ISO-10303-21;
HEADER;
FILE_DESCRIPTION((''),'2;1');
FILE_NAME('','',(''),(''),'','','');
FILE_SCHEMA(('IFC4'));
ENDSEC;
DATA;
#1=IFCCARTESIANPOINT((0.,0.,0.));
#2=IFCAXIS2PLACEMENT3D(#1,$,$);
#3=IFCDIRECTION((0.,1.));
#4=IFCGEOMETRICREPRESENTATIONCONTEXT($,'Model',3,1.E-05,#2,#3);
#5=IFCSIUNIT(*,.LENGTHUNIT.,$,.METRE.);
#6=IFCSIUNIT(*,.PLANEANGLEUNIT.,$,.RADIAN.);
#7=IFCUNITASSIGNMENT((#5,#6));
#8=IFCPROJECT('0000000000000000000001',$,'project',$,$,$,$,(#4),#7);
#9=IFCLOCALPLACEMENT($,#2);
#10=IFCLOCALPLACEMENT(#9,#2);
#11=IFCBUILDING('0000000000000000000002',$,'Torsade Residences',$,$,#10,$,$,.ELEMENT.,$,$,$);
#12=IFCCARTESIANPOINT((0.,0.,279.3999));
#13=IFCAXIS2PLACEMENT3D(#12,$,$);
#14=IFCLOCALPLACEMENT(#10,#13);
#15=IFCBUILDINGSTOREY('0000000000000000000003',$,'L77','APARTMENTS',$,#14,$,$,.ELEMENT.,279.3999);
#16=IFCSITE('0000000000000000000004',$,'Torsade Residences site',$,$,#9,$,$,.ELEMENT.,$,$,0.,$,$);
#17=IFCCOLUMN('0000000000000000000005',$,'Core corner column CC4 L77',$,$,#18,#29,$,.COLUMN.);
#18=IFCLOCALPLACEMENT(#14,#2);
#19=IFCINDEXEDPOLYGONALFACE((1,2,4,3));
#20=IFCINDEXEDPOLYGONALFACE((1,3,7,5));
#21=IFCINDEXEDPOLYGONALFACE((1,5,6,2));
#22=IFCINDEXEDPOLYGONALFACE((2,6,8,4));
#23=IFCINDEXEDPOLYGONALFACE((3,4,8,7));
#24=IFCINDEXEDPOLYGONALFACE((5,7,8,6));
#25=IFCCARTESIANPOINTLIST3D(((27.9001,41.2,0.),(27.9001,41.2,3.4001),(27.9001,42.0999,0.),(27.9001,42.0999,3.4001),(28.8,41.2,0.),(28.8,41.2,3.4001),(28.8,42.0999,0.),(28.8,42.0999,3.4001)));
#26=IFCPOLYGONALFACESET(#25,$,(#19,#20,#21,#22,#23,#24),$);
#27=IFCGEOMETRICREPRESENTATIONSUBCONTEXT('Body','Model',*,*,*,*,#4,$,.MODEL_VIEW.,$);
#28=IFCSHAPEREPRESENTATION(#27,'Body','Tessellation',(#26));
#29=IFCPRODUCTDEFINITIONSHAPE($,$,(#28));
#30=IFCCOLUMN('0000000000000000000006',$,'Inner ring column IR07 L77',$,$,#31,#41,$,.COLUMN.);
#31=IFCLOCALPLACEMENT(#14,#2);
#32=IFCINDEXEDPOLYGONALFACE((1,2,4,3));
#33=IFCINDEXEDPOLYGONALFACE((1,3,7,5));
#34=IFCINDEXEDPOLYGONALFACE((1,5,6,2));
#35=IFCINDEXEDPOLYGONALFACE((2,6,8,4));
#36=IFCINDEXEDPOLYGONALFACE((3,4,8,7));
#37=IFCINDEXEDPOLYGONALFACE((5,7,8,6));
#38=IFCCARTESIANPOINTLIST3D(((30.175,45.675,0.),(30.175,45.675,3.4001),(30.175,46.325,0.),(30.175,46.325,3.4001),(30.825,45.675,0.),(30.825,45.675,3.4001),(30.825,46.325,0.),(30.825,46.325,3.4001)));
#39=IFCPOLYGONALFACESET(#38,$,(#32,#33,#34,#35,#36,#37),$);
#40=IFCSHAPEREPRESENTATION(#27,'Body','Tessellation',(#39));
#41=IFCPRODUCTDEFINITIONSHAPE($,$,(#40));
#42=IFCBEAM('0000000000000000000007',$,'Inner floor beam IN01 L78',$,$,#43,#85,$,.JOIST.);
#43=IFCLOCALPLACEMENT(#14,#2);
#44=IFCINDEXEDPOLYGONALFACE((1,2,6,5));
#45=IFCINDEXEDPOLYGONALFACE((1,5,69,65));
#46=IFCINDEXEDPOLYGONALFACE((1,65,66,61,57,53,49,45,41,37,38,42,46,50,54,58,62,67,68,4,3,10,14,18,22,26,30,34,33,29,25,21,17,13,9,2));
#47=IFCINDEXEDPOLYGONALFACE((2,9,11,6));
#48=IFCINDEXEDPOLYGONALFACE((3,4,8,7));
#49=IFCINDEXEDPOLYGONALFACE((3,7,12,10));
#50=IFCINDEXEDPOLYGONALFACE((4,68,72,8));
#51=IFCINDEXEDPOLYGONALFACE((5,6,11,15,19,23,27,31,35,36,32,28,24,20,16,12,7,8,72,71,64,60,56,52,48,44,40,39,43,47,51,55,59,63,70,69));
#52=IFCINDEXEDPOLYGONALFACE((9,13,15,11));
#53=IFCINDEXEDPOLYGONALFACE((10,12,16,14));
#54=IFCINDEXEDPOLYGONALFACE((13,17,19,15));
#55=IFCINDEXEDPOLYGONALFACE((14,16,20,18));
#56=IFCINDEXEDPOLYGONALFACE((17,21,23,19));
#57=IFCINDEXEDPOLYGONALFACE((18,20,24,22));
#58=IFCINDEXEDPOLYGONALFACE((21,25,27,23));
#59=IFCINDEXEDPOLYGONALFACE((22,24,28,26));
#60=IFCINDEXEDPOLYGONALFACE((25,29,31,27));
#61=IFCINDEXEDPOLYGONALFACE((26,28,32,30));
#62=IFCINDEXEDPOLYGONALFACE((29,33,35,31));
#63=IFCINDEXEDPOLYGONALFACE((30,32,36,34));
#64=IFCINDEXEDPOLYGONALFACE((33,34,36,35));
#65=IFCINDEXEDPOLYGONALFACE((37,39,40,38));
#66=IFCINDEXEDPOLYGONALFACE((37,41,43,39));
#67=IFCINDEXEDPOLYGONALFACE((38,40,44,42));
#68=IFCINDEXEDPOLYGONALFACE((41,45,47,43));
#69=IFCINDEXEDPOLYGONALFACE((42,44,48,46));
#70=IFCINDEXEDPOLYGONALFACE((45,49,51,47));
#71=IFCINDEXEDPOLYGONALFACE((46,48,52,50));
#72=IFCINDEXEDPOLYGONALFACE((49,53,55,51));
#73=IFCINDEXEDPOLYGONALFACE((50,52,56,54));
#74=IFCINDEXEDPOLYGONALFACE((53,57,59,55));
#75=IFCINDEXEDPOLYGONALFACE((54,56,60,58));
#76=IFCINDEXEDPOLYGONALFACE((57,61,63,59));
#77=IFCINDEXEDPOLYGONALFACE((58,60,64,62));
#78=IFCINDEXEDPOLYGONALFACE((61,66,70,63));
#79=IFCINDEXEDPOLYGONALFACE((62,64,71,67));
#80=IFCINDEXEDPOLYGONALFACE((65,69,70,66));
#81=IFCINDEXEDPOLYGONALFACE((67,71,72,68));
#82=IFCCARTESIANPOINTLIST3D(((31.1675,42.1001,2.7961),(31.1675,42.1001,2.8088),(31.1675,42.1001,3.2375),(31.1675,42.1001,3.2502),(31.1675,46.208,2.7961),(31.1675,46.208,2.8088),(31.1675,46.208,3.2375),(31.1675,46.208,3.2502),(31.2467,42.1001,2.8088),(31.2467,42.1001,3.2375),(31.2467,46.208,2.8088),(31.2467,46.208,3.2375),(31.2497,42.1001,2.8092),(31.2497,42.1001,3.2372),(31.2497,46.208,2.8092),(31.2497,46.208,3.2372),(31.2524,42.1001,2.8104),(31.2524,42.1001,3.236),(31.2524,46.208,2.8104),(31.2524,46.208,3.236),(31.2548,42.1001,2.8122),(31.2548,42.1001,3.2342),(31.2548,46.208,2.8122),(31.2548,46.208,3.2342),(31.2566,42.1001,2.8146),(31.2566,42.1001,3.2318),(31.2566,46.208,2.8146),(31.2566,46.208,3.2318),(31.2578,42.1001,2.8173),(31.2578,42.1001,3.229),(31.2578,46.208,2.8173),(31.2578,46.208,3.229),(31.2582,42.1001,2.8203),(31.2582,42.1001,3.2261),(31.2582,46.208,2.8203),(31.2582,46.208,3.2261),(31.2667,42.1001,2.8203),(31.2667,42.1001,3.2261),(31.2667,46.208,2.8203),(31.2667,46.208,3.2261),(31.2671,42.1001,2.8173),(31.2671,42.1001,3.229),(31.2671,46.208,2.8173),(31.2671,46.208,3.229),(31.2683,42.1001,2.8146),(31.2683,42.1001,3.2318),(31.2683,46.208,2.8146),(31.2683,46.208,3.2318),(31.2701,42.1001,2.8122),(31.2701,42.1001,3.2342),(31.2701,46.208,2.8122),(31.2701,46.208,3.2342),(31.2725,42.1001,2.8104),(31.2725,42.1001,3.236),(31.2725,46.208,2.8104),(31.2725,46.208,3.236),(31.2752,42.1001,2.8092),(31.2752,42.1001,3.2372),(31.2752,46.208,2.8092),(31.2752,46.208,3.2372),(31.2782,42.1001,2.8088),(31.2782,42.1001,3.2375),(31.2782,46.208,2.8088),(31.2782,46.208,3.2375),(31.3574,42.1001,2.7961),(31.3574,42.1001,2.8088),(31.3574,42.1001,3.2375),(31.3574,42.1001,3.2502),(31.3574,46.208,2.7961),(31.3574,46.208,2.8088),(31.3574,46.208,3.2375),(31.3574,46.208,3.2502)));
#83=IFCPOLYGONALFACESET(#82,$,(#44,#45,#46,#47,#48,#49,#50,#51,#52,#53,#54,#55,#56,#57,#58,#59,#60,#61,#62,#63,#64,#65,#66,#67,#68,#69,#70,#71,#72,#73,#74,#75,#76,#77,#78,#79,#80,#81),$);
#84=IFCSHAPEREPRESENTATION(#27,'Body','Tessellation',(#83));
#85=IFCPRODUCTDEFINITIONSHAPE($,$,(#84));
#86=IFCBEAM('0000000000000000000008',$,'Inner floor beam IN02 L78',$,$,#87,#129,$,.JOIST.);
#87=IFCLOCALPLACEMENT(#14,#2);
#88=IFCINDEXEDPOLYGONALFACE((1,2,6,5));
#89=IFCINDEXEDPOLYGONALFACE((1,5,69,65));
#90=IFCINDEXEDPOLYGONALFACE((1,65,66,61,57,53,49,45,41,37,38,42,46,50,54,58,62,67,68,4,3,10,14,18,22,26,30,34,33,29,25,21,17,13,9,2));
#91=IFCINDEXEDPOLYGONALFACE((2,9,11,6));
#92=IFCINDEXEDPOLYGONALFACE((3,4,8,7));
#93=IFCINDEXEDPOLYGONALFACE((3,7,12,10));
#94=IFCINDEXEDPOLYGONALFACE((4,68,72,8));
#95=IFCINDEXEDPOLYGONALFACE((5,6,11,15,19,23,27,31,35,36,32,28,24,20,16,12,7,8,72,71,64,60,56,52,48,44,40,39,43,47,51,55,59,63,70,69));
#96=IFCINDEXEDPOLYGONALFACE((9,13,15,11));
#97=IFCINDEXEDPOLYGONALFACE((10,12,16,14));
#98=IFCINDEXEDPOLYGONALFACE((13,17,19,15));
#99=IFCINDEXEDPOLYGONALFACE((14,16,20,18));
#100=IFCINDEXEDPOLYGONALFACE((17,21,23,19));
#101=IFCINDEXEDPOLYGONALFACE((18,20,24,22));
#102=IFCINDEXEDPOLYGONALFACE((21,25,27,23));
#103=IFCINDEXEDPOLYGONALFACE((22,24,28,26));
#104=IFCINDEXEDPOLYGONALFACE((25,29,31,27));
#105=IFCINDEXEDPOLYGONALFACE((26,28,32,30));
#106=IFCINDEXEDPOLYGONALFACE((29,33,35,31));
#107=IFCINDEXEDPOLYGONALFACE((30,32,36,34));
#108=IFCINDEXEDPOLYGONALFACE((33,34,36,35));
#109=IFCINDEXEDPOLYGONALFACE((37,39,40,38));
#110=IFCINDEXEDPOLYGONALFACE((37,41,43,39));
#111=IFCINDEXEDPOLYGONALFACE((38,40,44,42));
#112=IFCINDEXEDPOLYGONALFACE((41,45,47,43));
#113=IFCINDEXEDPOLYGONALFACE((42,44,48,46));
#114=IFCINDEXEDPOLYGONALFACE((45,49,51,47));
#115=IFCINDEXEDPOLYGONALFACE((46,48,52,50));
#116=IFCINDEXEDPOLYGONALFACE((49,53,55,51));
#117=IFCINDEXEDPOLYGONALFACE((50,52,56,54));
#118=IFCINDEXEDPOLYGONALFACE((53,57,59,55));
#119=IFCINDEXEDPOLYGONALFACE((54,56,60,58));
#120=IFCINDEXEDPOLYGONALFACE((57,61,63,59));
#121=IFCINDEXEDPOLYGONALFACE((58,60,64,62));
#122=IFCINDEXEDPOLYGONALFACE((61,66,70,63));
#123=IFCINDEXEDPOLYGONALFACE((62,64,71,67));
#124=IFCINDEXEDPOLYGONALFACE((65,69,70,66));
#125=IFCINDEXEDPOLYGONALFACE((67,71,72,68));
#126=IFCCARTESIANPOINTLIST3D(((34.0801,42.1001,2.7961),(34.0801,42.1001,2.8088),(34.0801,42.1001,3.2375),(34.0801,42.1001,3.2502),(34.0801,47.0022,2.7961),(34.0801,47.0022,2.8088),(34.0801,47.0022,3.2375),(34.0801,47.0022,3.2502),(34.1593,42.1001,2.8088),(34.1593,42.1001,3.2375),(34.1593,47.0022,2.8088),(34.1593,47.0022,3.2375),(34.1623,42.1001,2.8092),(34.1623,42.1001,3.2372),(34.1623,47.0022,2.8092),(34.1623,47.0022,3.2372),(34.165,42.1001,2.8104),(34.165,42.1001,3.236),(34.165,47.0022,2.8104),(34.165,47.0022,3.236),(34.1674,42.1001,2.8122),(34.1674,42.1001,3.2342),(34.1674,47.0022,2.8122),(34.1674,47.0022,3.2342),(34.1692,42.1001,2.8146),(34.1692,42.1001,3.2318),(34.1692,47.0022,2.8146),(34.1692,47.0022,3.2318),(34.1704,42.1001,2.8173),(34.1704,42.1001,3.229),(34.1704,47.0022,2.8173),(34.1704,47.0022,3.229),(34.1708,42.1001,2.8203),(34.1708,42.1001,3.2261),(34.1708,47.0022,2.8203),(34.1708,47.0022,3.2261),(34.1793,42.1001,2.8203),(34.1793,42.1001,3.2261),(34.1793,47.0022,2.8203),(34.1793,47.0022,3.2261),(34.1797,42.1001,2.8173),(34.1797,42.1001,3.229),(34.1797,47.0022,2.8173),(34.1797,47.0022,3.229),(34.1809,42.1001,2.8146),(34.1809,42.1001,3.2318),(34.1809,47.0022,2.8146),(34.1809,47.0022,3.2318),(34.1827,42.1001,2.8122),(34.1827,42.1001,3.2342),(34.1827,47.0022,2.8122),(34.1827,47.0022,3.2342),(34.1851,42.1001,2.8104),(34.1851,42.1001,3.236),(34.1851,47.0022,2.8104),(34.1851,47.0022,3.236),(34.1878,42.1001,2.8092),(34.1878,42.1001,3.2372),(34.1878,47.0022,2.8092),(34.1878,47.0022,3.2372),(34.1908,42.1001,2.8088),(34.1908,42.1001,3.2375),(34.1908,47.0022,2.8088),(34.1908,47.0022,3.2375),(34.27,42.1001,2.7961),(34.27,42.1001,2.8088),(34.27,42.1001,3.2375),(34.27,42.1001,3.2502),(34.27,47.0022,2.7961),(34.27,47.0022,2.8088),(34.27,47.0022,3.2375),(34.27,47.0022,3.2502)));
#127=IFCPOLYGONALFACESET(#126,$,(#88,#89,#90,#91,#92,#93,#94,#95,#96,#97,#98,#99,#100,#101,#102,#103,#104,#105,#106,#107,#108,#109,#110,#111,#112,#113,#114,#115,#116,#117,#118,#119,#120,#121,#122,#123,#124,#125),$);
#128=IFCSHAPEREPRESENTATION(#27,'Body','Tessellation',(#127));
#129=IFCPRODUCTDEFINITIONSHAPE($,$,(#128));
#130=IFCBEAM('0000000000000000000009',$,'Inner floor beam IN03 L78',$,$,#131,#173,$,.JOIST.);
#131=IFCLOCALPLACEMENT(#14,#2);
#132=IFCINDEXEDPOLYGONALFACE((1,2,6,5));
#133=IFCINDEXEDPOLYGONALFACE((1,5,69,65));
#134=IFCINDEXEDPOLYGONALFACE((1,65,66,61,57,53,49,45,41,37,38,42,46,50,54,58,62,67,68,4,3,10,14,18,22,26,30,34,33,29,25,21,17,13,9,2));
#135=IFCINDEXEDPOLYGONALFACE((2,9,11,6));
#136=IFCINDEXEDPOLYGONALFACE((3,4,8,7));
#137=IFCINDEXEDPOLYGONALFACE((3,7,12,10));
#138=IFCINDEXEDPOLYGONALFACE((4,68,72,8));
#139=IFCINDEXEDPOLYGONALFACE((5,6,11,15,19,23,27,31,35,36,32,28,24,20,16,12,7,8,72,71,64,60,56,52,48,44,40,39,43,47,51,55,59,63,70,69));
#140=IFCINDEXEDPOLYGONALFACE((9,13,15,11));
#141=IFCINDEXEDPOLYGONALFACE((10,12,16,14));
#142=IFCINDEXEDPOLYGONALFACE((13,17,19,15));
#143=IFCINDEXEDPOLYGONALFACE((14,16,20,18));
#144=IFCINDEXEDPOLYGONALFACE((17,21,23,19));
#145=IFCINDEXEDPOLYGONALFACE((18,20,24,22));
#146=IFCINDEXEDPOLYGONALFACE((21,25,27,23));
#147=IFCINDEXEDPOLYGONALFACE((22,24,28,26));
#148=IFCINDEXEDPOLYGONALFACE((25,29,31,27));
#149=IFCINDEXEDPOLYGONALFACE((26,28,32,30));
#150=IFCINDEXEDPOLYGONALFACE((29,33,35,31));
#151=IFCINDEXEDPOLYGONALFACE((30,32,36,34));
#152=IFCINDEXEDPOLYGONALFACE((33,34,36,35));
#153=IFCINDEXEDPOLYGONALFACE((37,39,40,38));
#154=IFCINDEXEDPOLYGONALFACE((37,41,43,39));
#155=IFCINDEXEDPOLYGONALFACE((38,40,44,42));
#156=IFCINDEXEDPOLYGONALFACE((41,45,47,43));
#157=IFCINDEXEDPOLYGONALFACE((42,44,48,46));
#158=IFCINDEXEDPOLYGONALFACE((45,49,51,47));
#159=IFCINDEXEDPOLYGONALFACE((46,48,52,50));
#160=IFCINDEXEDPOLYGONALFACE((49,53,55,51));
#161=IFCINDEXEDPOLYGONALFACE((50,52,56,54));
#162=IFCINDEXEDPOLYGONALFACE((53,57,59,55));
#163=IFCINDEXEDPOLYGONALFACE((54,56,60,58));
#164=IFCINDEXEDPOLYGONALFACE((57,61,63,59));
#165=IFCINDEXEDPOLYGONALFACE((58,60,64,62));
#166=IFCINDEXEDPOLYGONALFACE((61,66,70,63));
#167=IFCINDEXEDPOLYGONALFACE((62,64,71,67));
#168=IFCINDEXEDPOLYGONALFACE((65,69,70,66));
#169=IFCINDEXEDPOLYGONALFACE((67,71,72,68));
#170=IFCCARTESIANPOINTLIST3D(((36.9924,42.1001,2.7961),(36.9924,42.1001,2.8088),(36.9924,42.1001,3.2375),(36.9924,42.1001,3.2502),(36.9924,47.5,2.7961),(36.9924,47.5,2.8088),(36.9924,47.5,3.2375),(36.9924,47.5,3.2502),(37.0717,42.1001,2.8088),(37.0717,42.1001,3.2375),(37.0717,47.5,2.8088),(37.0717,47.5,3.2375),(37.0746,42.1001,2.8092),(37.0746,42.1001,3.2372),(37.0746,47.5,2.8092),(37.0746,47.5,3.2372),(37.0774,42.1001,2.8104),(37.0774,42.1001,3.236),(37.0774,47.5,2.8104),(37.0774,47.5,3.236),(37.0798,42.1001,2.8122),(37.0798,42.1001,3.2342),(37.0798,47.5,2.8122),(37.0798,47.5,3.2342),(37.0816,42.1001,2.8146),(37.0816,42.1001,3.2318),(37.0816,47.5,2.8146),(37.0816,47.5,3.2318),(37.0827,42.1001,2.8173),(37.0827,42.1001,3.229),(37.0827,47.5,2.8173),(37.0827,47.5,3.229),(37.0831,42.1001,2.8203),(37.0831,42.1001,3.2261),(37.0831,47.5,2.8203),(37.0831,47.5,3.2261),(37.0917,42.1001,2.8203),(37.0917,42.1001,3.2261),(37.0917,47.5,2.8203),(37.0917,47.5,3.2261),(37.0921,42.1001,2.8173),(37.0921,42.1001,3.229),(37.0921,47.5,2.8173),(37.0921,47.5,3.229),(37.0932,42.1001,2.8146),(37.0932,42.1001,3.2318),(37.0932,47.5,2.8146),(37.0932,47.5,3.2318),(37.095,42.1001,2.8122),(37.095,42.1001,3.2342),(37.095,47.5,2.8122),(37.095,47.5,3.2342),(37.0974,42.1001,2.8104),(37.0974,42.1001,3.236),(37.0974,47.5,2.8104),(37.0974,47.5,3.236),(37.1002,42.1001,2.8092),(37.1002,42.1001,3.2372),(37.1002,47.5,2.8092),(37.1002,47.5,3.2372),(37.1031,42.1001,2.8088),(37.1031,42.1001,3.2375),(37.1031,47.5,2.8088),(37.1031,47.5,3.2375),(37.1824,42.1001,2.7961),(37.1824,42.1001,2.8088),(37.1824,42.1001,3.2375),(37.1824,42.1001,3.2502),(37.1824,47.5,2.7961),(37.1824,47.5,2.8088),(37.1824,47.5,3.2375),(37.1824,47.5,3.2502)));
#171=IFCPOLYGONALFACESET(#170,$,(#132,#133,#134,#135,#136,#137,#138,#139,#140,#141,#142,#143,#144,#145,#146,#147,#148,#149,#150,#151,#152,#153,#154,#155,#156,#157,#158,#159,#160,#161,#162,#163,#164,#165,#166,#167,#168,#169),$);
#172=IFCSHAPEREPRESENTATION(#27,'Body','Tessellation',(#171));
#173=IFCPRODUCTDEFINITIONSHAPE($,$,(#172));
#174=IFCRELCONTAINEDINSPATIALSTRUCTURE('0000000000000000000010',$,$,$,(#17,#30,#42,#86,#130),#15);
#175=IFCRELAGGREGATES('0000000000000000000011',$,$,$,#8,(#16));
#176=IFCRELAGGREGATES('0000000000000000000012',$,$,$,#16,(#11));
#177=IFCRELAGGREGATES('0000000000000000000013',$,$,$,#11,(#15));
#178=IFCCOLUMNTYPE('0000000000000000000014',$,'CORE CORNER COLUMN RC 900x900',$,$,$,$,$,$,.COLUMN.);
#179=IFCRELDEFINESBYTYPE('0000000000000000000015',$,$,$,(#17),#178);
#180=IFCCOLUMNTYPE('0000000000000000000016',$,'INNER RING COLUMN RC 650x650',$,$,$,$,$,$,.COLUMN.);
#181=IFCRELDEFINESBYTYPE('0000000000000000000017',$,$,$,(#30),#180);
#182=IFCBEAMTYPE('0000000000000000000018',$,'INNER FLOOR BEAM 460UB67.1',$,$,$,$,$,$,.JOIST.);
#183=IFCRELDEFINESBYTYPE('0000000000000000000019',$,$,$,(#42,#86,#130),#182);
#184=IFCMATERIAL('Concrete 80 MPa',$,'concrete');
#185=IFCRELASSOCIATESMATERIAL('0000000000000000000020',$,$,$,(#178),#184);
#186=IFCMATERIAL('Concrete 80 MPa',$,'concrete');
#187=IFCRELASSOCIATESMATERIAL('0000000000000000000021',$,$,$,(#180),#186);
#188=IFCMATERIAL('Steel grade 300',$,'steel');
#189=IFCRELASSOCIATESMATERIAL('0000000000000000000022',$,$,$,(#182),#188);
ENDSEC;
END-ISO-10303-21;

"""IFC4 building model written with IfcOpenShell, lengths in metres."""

from ifc_helpers import new_model, si_unit, direction, frame, origin, origin_2d, place, context, subcontext, project, spatial, rectangle, i_section, extrude, material, material_profile, profile_set, type_object, element, save


model = new_model("IFC4")

# Units and contexts
model_context = context("Model", 3, precision=1e-05, world=origin(), true_north=direction((0.0, 1.0)))
body_context = subcontext(model_context, "Body", "Model", "MODEL_VIEW")
ifc_project = project(units=[si_unit("LENGTHUNIT", "METRE"), si_unit("PLANEANGLEUNIT", "RADIAN")], contexts=[model_context])

# Site, building, storey
site_placement = place(None, origin())
site = spatial("IfcSite", under=ifc_project, at=site_placement, Name="Torsade Residences site", CompositionType="ELEMENT", RefElevation=0.0)
building_placement = place(site_placement, origin())
building = spatial("IfcBuilding", under=site, at=building_placement, Name="Torsade Residences", CompositionType="ELEMENT")
storey_placement = place(building_placement, frame((0.0, 0.0, 279.3999)))
storey = spatial("IfcBuildingStorey", under=building, at=storey_placement, Name="L77", Description="APARTMENTS", CompositionType="ELEMENT", Elevation=279.3999)

# Columns
ifc_material_1 = material(Name="Concrete 80 MPa", Category="concrete")
ifc_material_profile_1 = material_profile(ifc_material_1, rectangle(XDim=0.8999, YDim=0.8999, at=origin_2d()), Name="RC 900x900")
ifc_profile_set_1 = profile_set([ifc_material_profile_1], Name="Concrete 80 MPa")
column_type_1 = type_object("IfcColumnType", Name="CORE CORNER COLUMN RC 900x900", PredefinedType="COLUMN", material=ifc_profile_set_1)
column_1_placement = place(storey_placement, frame((28.3501, 41.6499, 0.0), z_axis=(0.0, 0.0, 1.0), x_axis=(1.0, 0.0, 0.0)))
element("IfcColumn", 1, at=column_1_placement, inside=storey, type_object=column_type_1, Name="Core corner column CC4 L77", PredefinedType="COLUMN", context=body_context, shape_type="SweptSolid", body=[
    extrude(rectangle(XDim=0.8999, YDim=0.8999, at=origin_2d()), origin(), (0.0, 0.0, 1.0), 3.4001),
])
ifc_material_2 = material(Name="Concrete 80 MPa", Category="concrete")
ifc_material_profile_2 = material_profile(ifc_material_2, rectangle(XDim=0.6499, YDim=0.6499, at=origin_2d()), Name="RC 650x650")
ifc_profile_set_2 = profile_set([ifc_material_profile_2], Name="Concrete 80 MPa")
column_type_2 = type_object("IfcColumnType", Name="INNER RING COLUMN RC 650x650", PredefinedType="COLUMN", material=ifc_profile_set_2)
column_2_placement = place(storey_placement, frame((30.5, 46.0, 0.0), z_axis=(0.0, 0.0, 1.0), x_axis=(1.0, 0.0, 0.0)))
element("IfcColumn", 2, at=column_2_placement, inside=storey, type_object=column_type_2, Name="Inner ring column IR07 L77", PredefinedType="COLUMN", context=body_context, shape_type="SweptSolid", body=[
    extrude(rectangle(XDim=0.6499, YDim=0.6499, at=origin_2d()), origin(), (0.0, 0.0, 1.0), 3.4001),
])

# Beams
ifc_material_3 = material(Name="Steel grade 300", Category="steel")
ifc_material_profile_3 = material_profile(ifc_material_3, i_section(OverallWidth=0.1899, OverallDepth=0.4541, WebThickness=0.0085, FlangeThickness=0.0127, FilletRadius=0.0115, at=origin_2d()), Name="460UB67.1")
ifc_profile_set_3 = profile_set([ifc_material_profile_3], Name="Steel grade 300")
beam_type_1 = type_object("IfcBeamType", Name="INNER FLOOR BEAM 460UB67.1", PredefinedType="JOIST", material=ifc_profile_set_3)
beam_1_placement = place(storey_placement, frame((31.2625, 42.1001, 3.0232), z_axis=(0.0, 1.0, 0.0), x_axis=(-1.0, 0.0, 0.0)))
element("IfcBeam", 3, at=beam_1_placement, inside=storey, type_object=beam_type_1, Name="Inner floor beam IN01 L78", PredefinedType="JOIST", context=body_context, shape_type="SweptSolid", body=[
    extrude(i_section(OverallWidth=0.1899, OverallDepth=0.4541, WebThickness=0.0085, FlangeThickness=0.0127, FilletRadius=0.0115, at=origin_2d()), origin(), (0.0, 0.0, 1.0), 4.1079),
])
beam_2_placement = place(storey_placement, frame((34.175, 42.1001, 3.0232), z_axis=(0.0, 1.0, 0.0), x_axis=(-1.0, 0.0, 0.0)))
element("IfcBeam", 4, at=beam_2_placement, inside=storey, type_object=beam_type_1, Name="Inner floor beam IN02 L78", PredefinedType="JOIST", context=body_context, shape_type="SweptSolid", body=[
    extrude(i_section(OverallWidth=0.1899, OverallDepth=0.4541, WebThickness=0.0085, FlangeThickness=0.0127, FilletRadius=0.0115, at=origin_2d()), origin(), (0.0, 0.0, 1.0), 4.9021),
])
beam_3_placement = place(storey_placement, frame((37.0874, 42.1001, 3.0232), z_axis=(0.0, 1.0, 0.0), x_axis=(-1.0, 0.0, 0.0)))
element("IfcBeam", 5, at=beam_3_placement, inside=storey, type_object=beam_type_1, Name="Inner floor beam IN03 L78", PredefinedType="JOIST", context=body_context, shape_type="SweptSolid", body=[
    extrude(i_section(OverallWidth=0.1899, OverallDepth=0.4541, WebThickness=0.0085, FlangeThickness=0.0127, FilletRadius=0.0115, at=origin_2d()), origin(), (0.0, 0.0, 1.0), 5.3999),
])

save(model, "model.ifc")
